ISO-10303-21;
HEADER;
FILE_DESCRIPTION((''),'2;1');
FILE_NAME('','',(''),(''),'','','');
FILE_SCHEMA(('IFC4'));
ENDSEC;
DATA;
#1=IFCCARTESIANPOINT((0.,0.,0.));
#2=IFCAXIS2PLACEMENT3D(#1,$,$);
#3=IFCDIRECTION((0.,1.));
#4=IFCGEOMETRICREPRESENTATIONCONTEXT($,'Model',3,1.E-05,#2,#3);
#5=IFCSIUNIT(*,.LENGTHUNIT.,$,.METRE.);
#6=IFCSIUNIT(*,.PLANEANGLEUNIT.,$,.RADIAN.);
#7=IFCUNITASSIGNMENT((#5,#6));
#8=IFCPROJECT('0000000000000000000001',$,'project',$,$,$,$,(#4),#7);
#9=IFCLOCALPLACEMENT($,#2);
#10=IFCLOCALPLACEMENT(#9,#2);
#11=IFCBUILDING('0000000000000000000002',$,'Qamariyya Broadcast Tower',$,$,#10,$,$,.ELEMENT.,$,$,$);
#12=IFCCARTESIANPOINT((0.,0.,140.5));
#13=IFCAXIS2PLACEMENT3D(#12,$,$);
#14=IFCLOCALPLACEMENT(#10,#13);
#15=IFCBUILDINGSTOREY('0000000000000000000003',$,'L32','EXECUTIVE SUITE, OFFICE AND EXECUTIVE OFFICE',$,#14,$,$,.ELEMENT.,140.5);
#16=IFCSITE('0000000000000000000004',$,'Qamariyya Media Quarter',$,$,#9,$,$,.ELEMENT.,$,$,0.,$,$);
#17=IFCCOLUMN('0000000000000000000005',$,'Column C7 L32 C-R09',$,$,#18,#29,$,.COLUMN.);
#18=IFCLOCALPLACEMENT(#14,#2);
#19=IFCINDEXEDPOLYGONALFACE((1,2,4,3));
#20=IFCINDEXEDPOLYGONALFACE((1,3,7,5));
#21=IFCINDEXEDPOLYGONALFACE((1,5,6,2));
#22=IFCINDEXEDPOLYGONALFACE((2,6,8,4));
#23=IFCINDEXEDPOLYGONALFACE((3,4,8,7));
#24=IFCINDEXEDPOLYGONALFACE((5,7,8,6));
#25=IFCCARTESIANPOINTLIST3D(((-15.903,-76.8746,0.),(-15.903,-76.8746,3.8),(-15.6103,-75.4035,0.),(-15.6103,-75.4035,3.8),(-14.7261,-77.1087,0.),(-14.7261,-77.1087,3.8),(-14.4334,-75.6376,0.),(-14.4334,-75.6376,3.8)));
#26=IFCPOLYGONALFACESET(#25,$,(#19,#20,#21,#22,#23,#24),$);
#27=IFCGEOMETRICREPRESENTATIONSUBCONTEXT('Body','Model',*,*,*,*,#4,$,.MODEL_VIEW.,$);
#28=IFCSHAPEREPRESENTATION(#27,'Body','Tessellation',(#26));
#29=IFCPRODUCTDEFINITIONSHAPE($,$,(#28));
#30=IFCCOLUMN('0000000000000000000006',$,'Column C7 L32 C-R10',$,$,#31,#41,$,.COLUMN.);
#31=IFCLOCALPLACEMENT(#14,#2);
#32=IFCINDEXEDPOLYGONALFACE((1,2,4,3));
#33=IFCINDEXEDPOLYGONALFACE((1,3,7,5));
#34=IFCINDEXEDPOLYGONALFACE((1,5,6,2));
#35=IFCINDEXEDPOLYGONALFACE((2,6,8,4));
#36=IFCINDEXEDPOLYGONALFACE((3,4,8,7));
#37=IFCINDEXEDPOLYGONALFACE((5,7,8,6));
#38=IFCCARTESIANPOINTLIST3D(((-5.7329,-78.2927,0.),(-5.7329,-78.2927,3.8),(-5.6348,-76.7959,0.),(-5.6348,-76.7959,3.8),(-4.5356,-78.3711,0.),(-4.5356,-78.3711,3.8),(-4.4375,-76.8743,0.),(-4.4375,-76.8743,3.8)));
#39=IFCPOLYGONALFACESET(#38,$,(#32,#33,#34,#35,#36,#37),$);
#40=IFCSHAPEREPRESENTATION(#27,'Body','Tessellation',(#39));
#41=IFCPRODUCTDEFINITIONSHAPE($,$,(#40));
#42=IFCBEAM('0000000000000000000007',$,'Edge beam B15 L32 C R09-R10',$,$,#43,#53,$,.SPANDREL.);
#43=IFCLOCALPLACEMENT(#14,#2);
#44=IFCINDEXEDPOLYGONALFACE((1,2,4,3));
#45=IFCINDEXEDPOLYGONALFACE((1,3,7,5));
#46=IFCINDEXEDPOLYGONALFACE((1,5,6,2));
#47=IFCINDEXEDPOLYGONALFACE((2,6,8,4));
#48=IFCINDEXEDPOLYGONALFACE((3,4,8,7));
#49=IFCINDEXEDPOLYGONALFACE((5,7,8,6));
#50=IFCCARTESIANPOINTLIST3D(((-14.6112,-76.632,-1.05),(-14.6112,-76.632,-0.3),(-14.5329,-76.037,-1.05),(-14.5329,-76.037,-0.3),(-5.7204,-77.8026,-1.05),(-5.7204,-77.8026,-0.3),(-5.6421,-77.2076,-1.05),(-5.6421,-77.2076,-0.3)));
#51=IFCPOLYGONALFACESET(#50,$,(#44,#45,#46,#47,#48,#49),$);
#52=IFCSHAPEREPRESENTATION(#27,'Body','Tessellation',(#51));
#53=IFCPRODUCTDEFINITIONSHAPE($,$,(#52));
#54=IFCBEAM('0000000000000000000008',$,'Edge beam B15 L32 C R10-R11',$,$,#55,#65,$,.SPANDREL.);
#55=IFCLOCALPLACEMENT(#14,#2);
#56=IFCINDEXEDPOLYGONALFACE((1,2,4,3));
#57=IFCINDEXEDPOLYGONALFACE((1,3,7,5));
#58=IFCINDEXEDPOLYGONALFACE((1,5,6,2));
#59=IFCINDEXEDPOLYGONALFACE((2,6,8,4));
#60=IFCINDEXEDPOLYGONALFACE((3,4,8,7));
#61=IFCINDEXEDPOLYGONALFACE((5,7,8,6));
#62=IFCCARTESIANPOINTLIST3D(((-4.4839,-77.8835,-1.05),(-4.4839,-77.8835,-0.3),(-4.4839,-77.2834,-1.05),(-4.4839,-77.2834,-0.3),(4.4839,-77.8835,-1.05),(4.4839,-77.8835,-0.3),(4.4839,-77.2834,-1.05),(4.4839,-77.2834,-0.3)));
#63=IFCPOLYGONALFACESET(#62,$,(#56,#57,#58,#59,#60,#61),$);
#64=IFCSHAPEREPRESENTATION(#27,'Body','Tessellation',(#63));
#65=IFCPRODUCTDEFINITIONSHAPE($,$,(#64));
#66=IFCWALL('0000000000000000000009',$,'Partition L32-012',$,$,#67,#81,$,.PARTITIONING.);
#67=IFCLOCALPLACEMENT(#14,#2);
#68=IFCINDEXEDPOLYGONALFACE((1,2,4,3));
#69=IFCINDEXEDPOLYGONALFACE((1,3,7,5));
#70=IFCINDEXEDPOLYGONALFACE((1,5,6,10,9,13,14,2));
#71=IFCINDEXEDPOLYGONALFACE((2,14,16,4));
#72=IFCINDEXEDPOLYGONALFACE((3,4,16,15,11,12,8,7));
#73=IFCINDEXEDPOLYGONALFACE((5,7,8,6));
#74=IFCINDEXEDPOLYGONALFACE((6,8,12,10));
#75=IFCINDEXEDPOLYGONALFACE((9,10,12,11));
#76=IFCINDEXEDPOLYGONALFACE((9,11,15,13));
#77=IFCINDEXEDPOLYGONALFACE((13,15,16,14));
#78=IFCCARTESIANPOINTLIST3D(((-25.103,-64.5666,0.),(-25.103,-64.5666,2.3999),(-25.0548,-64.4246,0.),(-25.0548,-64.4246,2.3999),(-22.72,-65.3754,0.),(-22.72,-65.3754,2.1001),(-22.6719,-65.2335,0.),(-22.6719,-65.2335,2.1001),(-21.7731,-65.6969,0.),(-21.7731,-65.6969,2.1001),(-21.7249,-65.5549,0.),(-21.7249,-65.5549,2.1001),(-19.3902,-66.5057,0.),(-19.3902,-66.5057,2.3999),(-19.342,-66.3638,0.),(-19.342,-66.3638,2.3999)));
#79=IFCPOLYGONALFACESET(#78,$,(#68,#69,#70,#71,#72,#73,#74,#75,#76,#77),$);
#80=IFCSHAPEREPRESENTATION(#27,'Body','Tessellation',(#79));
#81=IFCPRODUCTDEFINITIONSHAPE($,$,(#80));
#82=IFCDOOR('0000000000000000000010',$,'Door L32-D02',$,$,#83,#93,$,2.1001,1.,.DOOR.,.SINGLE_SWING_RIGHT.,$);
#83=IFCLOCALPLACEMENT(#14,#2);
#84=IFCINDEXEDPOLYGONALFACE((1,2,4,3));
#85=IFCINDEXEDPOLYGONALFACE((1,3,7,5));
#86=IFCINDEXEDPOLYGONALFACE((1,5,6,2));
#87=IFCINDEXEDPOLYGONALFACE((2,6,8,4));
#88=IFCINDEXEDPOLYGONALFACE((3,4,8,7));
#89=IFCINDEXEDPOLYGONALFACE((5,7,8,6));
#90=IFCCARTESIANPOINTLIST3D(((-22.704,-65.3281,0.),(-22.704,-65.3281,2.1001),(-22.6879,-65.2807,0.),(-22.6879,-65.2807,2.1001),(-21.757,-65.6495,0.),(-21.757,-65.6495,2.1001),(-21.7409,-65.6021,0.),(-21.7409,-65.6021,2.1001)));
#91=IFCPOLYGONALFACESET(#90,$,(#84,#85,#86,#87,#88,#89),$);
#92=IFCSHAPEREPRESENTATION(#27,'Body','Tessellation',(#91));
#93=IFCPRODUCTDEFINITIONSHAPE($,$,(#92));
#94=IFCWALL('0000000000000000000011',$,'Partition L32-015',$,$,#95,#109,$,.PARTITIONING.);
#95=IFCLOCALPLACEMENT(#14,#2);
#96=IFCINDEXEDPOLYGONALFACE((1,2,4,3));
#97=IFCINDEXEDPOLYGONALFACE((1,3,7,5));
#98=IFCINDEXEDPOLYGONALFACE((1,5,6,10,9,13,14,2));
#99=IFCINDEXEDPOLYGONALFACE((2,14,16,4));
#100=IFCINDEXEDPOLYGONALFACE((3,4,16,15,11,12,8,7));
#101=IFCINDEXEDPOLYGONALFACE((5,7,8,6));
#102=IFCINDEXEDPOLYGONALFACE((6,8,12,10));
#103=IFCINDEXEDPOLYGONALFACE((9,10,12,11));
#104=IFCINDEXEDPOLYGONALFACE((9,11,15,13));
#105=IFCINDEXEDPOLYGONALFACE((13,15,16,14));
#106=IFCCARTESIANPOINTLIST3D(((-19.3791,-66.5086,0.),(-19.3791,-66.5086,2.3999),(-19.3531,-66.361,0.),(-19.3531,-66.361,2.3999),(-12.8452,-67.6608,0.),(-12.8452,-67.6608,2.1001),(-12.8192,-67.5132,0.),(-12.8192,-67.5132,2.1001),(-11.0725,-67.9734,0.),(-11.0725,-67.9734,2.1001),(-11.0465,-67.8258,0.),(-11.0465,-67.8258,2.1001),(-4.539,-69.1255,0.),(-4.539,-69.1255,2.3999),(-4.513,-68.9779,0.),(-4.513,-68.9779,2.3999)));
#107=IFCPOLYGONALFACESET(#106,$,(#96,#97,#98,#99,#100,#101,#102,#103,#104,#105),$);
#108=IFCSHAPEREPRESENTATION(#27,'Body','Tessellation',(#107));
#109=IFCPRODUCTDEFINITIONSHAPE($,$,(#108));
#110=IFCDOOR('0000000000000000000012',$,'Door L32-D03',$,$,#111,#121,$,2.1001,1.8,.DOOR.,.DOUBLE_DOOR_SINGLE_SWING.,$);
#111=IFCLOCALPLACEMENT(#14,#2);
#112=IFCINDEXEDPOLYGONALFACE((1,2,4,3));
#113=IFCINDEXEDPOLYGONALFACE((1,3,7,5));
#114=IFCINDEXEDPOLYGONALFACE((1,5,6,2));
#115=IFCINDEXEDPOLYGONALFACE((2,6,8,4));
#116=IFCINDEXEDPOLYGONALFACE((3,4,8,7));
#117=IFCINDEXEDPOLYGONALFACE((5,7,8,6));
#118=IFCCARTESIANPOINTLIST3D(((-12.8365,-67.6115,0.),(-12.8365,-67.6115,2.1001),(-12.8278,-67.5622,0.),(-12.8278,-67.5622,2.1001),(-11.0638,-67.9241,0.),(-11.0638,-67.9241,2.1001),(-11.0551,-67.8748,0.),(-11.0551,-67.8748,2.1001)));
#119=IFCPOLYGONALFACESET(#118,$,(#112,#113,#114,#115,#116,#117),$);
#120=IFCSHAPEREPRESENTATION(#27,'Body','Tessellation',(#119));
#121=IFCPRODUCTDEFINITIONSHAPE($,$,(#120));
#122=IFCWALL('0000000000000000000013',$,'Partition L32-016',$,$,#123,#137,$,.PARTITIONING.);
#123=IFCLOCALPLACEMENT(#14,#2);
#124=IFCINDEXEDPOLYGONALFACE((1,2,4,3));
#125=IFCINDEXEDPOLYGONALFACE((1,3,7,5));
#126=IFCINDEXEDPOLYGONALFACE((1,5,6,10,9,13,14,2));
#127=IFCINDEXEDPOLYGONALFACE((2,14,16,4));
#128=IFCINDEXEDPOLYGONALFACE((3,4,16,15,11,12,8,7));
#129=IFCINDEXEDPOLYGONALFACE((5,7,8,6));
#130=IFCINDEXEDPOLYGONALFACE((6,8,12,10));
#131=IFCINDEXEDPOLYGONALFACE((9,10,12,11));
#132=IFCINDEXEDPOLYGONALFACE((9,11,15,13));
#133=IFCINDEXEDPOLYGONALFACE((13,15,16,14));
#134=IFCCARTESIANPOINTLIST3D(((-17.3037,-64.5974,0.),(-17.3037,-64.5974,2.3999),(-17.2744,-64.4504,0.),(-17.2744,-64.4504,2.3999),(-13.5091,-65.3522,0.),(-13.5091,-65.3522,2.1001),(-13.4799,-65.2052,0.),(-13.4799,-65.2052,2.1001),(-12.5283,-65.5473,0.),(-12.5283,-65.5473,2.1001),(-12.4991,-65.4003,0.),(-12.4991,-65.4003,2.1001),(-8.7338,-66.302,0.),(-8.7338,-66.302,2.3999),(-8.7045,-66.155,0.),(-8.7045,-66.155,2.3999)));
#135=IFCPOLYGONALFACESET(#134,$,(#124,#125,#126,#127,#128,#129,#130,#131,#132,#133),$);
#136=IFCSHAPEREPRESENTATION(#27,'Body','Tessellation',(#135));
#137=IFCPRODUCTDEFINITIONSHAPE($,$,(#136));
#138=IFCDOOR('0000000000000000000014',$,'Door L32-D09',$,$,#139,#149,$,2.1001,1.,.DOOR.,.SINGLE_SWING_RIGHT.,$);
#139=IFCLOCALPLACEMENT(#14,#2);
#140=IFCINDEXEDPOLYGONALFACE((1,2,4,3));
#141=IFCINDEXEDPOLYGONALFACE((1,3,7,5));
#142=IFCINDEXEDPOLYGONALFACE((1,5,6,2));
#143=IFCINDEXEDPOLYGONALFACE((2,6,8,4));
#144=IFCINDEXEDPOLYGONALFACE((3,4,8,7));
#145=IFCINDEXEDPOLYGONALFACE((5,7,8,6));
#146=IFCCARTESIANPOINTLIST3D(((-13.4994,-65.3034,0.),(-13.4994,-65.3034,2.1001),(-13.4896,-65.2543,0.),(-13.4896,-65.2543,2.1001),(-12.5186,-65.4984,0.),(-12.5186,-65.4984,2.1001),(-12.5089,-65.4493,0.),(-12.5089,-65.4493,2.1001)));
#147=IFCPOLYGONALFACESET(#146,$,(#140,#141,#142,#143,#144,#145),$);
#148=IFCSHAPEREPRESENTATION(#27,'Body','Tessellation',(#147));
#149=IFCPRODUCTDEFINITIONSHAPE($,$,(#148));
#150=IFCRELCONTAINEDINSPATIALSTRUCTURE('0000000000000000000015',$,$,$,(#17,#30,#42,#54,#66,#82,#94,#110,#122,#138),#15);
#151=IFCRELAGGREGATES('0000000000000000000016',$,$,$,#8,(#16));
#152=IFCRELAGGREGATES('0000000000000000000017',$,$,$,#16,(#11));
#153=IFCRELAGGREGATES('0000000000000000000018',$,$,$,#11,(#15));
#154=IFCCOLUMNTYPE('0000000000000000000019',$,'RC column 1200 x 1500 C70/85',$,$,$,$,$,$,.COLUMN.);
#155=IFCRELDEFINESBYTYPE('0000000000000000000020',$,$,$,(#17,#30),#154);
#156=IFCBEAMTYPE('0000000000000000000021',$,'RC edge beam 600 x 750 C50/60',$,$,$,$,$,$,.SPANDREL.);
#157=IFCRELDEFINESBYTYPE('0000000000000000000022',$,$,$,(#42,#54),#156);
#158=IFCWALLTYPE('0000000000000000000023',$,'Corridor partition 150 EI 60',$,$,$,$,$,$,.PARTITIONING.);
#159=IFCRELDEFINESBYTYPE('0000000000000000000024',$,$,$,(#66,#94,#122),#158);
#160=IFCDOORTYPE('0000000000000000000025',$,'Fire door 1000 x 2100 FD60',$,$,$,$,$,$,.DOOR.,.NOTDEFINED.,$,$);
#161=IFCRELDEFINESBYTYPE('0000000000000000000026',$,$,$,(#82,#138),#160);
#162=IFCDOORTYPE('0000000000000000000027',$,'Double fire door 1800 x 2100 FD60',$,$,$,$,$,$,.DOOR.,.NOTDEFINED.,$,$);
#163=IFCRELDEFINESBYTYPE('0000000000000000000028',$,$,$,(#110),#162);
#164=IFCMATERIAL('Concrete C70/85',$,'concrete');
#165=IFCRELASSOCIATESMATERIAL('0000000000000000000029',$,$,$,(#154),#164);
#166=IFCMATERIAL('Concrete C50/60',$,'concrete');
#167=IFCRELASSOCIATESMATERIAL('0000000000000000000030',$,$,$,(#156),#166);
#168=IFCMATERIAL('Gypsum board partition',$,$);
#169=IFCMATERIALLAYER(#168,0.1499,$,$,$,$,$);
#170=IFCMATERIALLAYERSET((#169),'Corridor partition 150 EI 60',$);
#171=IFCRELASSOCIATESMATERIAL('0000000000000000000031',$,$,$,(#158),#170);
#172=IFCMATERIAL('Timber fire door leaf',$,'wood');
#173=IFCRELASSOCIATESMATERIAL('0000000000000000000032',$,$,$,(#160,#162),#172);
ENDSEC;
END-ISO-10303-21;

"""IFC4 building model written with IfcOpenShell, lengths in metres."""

from ifc_helpers import new_model, si_unit, direction, frame, frame_2d, origin, origin_2d, place, context, subcontext, project, spatial, rectangle, extrude, material, layer, layer_set, material_profile, profile_set, type_object, element, fill, save


model = new_model("IFC4")

# Units and contexts
model_context = context("Model", 3, precision=1e-05, world=origin(), true_north=direction((0.0, 1.0)))
body_context = subcontext(model_context, "Body", "Model", "MODEL_VIEW")
ifc_project = project(units=[si_unit("LENGTHUNIT", "METRE"), si_unit("PLANEANGLEUNIT", "RADIAN")], contexts=[model_context])

# Site, building, storey
site_placement = place(None, origin())
site = spatial("IfcSite", under=ifc_project, at=site_placement, Name="Qamariyya Media Quarter", CompositionType="ELEMENT", RefElevation=0.0)
building_placement = place(site_placement, origin())
building = spatial("IfcBuilding", under=site, at=building_placement, Name="Qamariyya Broadcast Tower", CompositionType="ELEMENT")
storey_placement = place(building_placement, frame((0.0, 0.0, 140.5)))
storey = spatial("IfcBuildingStorey", under=building, at=storey_placement, Name="L32", Description="EXECUTIVE SUITE, OFFICE AND EXECUTIVE OFFICE", CompositionType="ELEMENT", Elevation=140.5)

# Columns
ifc_material_1 = material(Name="Concrete C70/85", Category="concrete")
ifc_material_profile_1 = material_profile(ifc_material_1, rectangle(XDim=1.2, YDim=1.5, at=origin_2d()))
ifc_profile_set_1 = profile_set([ifc_material_profile_1], Name="Concrete C70/85")
column_type = type_object("IfcColumnType", Name="RC column 1200 x 1500 C70/85", PredefinedType="COLUMN", material=ifc_profile_set_1)
for number, where, z_axis, x_axis, name in (
    (1, (-15.1682, -76.2561, 0.0), (0.0, 0.0, 1.0), (0.980785, -0.19509, 0.0), "Column C7 L32 C-R09"),
    (2, (-5.0852, -77.5835, 0.0), (0.0, 0.0, 1.0), (0.997859, -0.065403, 0.0), "Column C7 L32 C-R10"),
):
    element("IfcColumn", number, at=place(storey_placement, frame(where, z_axis=z_axis, x_axis=x_axis)), inside=storey, type_object=column_type, Name=name, PredefinedType="COLUMN", context=body_context, shape_type="SweptSolid", body=[
        extrude(rectangle(XDim=1.2, YDim=1.5, at=origin_2d()), origin(), (0.0, 0.0, 1.0), 3.8),
    ])

# Beams
ifc_material_2 = material(Name="Concrete C50/60", Category="concrete")
ifc_material_profile_2 = material_profile(ifc_material_2, rectangle(XDim=0.6001, YDim=0.75, at=origin_2d()))
ifc_profile_set_2 = profile_set([ifc_material_profile_2], Name="Concrete C50/60")
beam_type = type_object("IfcBeamType", Name="RC edge beam 600 x 750 C50/60", PredefinedType="SPANDREL", material=ifc_profile_set_2)
beam_1_placement = place(storey_placement, frame((-14.572, -76.3345, -0.675), z_axis=(0.991443, -0.130543, 0.0), x_axis=(0.130543, 0.991443, 0.0)))
element("IfcBeam", 3, at=beam_1_placement, inside=storey, type_object=beam_type, Name="Edge beam B15 L32 C R09-R10", PredefinedType="SPANDREL", context=body_context, shape_type="SweptSolid", body=[
    extrude(rectangle(XDim=0.6001, YDim=0.75, at=origin_2d()), origin(), (0.0, 0.0, 1.0), 8.9675),
])
beam_2_placement = place(storey_placement, frame((-4.4839, -77.5835, -0.675), z_axis=(1.0, 0.0, 0.0), x_axis=(0.0, 1.0, 0.0)))
element("IfcBeam", 4, at=beam_2_placement, inside=storey, type_object=beam_type, Name="Edge beam B15 L32 C R10-R11", PredefinedType="SPANDREL", context=body_context, shape_type="SweptSolid", body=[
    extrude(rectangle(XDim=0.6001, YDim=0.75, at=origin_2d()), origin(), (0.0, 0.0, 1.0), 8.9678),
])

# Walls, openings, doors
ifc_material_3 = material(Name="Gypsum board partition")
ifc_layer_1 = layer(ifc_material_3, 0.1499)
ifc_layer_set_1 = layer_set([ifc_layer_1], Name="Corridor partition 150 EI 60")
wall_type_1 = type_object("IfcWallType", Name="Corridor partition 150 EI 60", PredefinedType="PARTITIONING", material=ifc_layer_set_1)
wall_1_placement = place(storey_placement, frame((-19.366, -66.4348, 0.0), z_axis=(0.0, 0.0, 1.0), x_axis=(-0.946933, 0.321431, 0.0)))
wall_1 = element("IfcWall", 5, at=wall_1_placement, inside=storey, type_object=wall_type_1, Name="Partition L32-012", PredefinedType="PARTITIONING", context=body_context, shape_type="SweptSolid", body=[
    extrude(rectangle(XDim=6.033, YDim=0.1499, at=frame_2d((3.0166, 0.0))), origin(), (0.0, 0.0, 1.0), 2.3999),
])
opening_1_placement = place(wall_1_placement, frame((2.5166, 0.0, 0.0)))
opening_1 = element("IfcOpeningElement", 6, at=opening_1_placement, cuts=wall_1, PredefinedType="OPENING", context=body_context, shape_type="SweptSolid", body=[
    extrude(rectangle(XDim=1.0, YDim=2.1001, at=frame_2d((0.5, 1.05))), frame((0.0, 0.085, 0.0), z_axis=(0.0, -1.0, 0.0), x_axis=(1.0, 0.0, 0.0)), (0.0, 0.0, 1.0), 0.1699),
])
ifc_material_4 = material(Name="Timber fire door leaf", Category="wood")
door_type_1 = type_object("IfcDoorType", Name="Fire door 1000 x 2100 FD60", OperationType="NOTDEFINED", PredefinedType="DOOR", material=ifc_material_4)
door_1_placement = place(opening_1_placement, origin())
door_1 = element("IfcDoor", 7, at=door_1_placement, inside=storey, type_object=door_type_1, Name="Door L32-D02", OperationType="SINGLE_SWING_RIGHT", OverallHeight=2.1001, OverallWidth=1.0, PredefinedType="DOOR", context=body_context, shape_type="SweptSolid", body=[
    extrude(rectangle(XDim=1.0, YDim=2.1001, at=frame_2d((0.5, 1.05))), frame((0.0, 0.0249, 0.0), z_axis=(0.0, -1.0, 0.0), x_axis=(1.0, 0.0, 0.0)), (0.0, 0.0, 1.0), 0.05),
])
fill(opening_1, door_1)
wall_2_placement = place(storey_placement, frame((-4.5259, -69.0518, 0.0), z_axis=(0.0, 0.0, 1.0), x_axis=(-0.984805, 0.173663, 0.0)))
wall_2 = element("IfcWall", 8, at=wall_2_placement, inside=storey, type_object=wall_type_1, Name="Partition L32-015", PredefinedType="PARTITIONING", context=body_context, shape_type="SweptSolid", body=[
    extrude(rectangle(XDim=15.0691, YDim=0.1499, at=frame_2d((7.5347, 0.0))), origin(), (0.0, 0.0, 1.0), 2.3999),
])
opening_2_placement = place(wall_2_placement, frame((6.6345, 0.0, 0.0)))
opening_2 = element("IfcOpeningElement", 9, at=opening_2_placement, cuts=wall_2, PredefinedType="OPENING", context=body_context, shape_type="SweptSolid", body=[
    extrude(rectangle(XDim=1.8, YDim=2.1001, at=frame_2d((0.8999, 1.05))), frame((0.0, 0.085, 0.0), z_axis=(0.0, -1.0, 0.0), x_axis=(1.0, 0.0, 0.0)), (0.0, 0.0, 1.0), 0.1699),
])
door_type_2 = type_object("IfcDoorType", Name="Double fire door 1800 x 2100 FD60", OperationType="NOTDEFINED", PredefinedType="DOOR", material=ifc_material_4)
door_2_placement = place(opening_2_placement, origin())
door_2 = element("IfcDoor", 10, at=door_2_placement, inside=storey, type_object=door_type_2, Name="Door L32-D03", OperationType="DOUBLE_DOOR_SINGLE_SWING", OverallHeight=2.1001, OverallWidth=1.8, PredefinedType="DOOR", context=body_context, shape_type="SweptSolid", body=[
    extrude(rectangle(XDim=1.8, YDim=2.1001, at=frame_2d((0.8999, 1.05))), frame((0.0, 0.0249, 0.0), z_axis=(0.0, -1.0, 0.0), x_axis=(1.0, 0.0, 0.0)), (0.0, 0.0, 1.0), 0.05),
])
fill(opening_2, door_2)
wall_3_placement = place(storey_placement, frame((-17.2891, -64.5239, 0.0), z_axis=(0.0, 0.0, 1.0), x_axis=(0.980786, -0.195084, 0.0)))
wall_3 = element("IfcWall", 11, at=wall_3_placement, inside=storey, type_object=wall_type_1, Name="Partition L32-016", PredefinedType="PARTITIONING", context=body_context, shape_type="SweptSolid", body=[
    extrude(rectangle(XDim=8.7378, YDim=0.1499, at=frame_2d((4.3689, 0.0))), origin(), (0.0, 0.0, 1.0), 2.3999),
])
opening_3_placement = place(wall_3_placement, frame((3.8689, 0.0, 0.0)))
opening_3 = element("IfcOpeningElement", 12, at=opening_3_placement, cuts=wall_3, PredefinedType="OPENING", context=body_context, shape_type="SweptSolid", body=[
    extrude(rectangle(XDim=1.0, YDim=2.1001, at=frame_2d((0.5, 1.05))), frame((0.0, 0.085, 0.0), z_axis=(0.0, -1.0, 0.0), x_axis=(1.0, 0.0, 0.0)), (0.0, 0.0, 1.0), 0.1699),
])
door_3_placement = place(opening_3_placement, origin())
door_3 = element("IfcDoor", 13, at=door_3_placement, inside=storey, type_object=door_type_1, Name="Door L32-D09", OperationType="SINGLE_SWING_RIGHT", OverallHeight=2.1001, OverallWidth=1.0, PredefinedType="DOOR", context=body_context, shape_type="SweptSolid", body=[
    extrude(rectangle(XDim=1.0, YDim=2.1001, at=frame_2d((0.5, 1.05))), frame((0.0, 0.0249, 0.0), z_axis=(0.0, -1.0, 0.0), x_axis=(1.0, 0.0, 0.0)), (0.0, 0.0, 1.0), 0.05),
])
fill(opening_3, door_3)

save(model, "model.ifc")
